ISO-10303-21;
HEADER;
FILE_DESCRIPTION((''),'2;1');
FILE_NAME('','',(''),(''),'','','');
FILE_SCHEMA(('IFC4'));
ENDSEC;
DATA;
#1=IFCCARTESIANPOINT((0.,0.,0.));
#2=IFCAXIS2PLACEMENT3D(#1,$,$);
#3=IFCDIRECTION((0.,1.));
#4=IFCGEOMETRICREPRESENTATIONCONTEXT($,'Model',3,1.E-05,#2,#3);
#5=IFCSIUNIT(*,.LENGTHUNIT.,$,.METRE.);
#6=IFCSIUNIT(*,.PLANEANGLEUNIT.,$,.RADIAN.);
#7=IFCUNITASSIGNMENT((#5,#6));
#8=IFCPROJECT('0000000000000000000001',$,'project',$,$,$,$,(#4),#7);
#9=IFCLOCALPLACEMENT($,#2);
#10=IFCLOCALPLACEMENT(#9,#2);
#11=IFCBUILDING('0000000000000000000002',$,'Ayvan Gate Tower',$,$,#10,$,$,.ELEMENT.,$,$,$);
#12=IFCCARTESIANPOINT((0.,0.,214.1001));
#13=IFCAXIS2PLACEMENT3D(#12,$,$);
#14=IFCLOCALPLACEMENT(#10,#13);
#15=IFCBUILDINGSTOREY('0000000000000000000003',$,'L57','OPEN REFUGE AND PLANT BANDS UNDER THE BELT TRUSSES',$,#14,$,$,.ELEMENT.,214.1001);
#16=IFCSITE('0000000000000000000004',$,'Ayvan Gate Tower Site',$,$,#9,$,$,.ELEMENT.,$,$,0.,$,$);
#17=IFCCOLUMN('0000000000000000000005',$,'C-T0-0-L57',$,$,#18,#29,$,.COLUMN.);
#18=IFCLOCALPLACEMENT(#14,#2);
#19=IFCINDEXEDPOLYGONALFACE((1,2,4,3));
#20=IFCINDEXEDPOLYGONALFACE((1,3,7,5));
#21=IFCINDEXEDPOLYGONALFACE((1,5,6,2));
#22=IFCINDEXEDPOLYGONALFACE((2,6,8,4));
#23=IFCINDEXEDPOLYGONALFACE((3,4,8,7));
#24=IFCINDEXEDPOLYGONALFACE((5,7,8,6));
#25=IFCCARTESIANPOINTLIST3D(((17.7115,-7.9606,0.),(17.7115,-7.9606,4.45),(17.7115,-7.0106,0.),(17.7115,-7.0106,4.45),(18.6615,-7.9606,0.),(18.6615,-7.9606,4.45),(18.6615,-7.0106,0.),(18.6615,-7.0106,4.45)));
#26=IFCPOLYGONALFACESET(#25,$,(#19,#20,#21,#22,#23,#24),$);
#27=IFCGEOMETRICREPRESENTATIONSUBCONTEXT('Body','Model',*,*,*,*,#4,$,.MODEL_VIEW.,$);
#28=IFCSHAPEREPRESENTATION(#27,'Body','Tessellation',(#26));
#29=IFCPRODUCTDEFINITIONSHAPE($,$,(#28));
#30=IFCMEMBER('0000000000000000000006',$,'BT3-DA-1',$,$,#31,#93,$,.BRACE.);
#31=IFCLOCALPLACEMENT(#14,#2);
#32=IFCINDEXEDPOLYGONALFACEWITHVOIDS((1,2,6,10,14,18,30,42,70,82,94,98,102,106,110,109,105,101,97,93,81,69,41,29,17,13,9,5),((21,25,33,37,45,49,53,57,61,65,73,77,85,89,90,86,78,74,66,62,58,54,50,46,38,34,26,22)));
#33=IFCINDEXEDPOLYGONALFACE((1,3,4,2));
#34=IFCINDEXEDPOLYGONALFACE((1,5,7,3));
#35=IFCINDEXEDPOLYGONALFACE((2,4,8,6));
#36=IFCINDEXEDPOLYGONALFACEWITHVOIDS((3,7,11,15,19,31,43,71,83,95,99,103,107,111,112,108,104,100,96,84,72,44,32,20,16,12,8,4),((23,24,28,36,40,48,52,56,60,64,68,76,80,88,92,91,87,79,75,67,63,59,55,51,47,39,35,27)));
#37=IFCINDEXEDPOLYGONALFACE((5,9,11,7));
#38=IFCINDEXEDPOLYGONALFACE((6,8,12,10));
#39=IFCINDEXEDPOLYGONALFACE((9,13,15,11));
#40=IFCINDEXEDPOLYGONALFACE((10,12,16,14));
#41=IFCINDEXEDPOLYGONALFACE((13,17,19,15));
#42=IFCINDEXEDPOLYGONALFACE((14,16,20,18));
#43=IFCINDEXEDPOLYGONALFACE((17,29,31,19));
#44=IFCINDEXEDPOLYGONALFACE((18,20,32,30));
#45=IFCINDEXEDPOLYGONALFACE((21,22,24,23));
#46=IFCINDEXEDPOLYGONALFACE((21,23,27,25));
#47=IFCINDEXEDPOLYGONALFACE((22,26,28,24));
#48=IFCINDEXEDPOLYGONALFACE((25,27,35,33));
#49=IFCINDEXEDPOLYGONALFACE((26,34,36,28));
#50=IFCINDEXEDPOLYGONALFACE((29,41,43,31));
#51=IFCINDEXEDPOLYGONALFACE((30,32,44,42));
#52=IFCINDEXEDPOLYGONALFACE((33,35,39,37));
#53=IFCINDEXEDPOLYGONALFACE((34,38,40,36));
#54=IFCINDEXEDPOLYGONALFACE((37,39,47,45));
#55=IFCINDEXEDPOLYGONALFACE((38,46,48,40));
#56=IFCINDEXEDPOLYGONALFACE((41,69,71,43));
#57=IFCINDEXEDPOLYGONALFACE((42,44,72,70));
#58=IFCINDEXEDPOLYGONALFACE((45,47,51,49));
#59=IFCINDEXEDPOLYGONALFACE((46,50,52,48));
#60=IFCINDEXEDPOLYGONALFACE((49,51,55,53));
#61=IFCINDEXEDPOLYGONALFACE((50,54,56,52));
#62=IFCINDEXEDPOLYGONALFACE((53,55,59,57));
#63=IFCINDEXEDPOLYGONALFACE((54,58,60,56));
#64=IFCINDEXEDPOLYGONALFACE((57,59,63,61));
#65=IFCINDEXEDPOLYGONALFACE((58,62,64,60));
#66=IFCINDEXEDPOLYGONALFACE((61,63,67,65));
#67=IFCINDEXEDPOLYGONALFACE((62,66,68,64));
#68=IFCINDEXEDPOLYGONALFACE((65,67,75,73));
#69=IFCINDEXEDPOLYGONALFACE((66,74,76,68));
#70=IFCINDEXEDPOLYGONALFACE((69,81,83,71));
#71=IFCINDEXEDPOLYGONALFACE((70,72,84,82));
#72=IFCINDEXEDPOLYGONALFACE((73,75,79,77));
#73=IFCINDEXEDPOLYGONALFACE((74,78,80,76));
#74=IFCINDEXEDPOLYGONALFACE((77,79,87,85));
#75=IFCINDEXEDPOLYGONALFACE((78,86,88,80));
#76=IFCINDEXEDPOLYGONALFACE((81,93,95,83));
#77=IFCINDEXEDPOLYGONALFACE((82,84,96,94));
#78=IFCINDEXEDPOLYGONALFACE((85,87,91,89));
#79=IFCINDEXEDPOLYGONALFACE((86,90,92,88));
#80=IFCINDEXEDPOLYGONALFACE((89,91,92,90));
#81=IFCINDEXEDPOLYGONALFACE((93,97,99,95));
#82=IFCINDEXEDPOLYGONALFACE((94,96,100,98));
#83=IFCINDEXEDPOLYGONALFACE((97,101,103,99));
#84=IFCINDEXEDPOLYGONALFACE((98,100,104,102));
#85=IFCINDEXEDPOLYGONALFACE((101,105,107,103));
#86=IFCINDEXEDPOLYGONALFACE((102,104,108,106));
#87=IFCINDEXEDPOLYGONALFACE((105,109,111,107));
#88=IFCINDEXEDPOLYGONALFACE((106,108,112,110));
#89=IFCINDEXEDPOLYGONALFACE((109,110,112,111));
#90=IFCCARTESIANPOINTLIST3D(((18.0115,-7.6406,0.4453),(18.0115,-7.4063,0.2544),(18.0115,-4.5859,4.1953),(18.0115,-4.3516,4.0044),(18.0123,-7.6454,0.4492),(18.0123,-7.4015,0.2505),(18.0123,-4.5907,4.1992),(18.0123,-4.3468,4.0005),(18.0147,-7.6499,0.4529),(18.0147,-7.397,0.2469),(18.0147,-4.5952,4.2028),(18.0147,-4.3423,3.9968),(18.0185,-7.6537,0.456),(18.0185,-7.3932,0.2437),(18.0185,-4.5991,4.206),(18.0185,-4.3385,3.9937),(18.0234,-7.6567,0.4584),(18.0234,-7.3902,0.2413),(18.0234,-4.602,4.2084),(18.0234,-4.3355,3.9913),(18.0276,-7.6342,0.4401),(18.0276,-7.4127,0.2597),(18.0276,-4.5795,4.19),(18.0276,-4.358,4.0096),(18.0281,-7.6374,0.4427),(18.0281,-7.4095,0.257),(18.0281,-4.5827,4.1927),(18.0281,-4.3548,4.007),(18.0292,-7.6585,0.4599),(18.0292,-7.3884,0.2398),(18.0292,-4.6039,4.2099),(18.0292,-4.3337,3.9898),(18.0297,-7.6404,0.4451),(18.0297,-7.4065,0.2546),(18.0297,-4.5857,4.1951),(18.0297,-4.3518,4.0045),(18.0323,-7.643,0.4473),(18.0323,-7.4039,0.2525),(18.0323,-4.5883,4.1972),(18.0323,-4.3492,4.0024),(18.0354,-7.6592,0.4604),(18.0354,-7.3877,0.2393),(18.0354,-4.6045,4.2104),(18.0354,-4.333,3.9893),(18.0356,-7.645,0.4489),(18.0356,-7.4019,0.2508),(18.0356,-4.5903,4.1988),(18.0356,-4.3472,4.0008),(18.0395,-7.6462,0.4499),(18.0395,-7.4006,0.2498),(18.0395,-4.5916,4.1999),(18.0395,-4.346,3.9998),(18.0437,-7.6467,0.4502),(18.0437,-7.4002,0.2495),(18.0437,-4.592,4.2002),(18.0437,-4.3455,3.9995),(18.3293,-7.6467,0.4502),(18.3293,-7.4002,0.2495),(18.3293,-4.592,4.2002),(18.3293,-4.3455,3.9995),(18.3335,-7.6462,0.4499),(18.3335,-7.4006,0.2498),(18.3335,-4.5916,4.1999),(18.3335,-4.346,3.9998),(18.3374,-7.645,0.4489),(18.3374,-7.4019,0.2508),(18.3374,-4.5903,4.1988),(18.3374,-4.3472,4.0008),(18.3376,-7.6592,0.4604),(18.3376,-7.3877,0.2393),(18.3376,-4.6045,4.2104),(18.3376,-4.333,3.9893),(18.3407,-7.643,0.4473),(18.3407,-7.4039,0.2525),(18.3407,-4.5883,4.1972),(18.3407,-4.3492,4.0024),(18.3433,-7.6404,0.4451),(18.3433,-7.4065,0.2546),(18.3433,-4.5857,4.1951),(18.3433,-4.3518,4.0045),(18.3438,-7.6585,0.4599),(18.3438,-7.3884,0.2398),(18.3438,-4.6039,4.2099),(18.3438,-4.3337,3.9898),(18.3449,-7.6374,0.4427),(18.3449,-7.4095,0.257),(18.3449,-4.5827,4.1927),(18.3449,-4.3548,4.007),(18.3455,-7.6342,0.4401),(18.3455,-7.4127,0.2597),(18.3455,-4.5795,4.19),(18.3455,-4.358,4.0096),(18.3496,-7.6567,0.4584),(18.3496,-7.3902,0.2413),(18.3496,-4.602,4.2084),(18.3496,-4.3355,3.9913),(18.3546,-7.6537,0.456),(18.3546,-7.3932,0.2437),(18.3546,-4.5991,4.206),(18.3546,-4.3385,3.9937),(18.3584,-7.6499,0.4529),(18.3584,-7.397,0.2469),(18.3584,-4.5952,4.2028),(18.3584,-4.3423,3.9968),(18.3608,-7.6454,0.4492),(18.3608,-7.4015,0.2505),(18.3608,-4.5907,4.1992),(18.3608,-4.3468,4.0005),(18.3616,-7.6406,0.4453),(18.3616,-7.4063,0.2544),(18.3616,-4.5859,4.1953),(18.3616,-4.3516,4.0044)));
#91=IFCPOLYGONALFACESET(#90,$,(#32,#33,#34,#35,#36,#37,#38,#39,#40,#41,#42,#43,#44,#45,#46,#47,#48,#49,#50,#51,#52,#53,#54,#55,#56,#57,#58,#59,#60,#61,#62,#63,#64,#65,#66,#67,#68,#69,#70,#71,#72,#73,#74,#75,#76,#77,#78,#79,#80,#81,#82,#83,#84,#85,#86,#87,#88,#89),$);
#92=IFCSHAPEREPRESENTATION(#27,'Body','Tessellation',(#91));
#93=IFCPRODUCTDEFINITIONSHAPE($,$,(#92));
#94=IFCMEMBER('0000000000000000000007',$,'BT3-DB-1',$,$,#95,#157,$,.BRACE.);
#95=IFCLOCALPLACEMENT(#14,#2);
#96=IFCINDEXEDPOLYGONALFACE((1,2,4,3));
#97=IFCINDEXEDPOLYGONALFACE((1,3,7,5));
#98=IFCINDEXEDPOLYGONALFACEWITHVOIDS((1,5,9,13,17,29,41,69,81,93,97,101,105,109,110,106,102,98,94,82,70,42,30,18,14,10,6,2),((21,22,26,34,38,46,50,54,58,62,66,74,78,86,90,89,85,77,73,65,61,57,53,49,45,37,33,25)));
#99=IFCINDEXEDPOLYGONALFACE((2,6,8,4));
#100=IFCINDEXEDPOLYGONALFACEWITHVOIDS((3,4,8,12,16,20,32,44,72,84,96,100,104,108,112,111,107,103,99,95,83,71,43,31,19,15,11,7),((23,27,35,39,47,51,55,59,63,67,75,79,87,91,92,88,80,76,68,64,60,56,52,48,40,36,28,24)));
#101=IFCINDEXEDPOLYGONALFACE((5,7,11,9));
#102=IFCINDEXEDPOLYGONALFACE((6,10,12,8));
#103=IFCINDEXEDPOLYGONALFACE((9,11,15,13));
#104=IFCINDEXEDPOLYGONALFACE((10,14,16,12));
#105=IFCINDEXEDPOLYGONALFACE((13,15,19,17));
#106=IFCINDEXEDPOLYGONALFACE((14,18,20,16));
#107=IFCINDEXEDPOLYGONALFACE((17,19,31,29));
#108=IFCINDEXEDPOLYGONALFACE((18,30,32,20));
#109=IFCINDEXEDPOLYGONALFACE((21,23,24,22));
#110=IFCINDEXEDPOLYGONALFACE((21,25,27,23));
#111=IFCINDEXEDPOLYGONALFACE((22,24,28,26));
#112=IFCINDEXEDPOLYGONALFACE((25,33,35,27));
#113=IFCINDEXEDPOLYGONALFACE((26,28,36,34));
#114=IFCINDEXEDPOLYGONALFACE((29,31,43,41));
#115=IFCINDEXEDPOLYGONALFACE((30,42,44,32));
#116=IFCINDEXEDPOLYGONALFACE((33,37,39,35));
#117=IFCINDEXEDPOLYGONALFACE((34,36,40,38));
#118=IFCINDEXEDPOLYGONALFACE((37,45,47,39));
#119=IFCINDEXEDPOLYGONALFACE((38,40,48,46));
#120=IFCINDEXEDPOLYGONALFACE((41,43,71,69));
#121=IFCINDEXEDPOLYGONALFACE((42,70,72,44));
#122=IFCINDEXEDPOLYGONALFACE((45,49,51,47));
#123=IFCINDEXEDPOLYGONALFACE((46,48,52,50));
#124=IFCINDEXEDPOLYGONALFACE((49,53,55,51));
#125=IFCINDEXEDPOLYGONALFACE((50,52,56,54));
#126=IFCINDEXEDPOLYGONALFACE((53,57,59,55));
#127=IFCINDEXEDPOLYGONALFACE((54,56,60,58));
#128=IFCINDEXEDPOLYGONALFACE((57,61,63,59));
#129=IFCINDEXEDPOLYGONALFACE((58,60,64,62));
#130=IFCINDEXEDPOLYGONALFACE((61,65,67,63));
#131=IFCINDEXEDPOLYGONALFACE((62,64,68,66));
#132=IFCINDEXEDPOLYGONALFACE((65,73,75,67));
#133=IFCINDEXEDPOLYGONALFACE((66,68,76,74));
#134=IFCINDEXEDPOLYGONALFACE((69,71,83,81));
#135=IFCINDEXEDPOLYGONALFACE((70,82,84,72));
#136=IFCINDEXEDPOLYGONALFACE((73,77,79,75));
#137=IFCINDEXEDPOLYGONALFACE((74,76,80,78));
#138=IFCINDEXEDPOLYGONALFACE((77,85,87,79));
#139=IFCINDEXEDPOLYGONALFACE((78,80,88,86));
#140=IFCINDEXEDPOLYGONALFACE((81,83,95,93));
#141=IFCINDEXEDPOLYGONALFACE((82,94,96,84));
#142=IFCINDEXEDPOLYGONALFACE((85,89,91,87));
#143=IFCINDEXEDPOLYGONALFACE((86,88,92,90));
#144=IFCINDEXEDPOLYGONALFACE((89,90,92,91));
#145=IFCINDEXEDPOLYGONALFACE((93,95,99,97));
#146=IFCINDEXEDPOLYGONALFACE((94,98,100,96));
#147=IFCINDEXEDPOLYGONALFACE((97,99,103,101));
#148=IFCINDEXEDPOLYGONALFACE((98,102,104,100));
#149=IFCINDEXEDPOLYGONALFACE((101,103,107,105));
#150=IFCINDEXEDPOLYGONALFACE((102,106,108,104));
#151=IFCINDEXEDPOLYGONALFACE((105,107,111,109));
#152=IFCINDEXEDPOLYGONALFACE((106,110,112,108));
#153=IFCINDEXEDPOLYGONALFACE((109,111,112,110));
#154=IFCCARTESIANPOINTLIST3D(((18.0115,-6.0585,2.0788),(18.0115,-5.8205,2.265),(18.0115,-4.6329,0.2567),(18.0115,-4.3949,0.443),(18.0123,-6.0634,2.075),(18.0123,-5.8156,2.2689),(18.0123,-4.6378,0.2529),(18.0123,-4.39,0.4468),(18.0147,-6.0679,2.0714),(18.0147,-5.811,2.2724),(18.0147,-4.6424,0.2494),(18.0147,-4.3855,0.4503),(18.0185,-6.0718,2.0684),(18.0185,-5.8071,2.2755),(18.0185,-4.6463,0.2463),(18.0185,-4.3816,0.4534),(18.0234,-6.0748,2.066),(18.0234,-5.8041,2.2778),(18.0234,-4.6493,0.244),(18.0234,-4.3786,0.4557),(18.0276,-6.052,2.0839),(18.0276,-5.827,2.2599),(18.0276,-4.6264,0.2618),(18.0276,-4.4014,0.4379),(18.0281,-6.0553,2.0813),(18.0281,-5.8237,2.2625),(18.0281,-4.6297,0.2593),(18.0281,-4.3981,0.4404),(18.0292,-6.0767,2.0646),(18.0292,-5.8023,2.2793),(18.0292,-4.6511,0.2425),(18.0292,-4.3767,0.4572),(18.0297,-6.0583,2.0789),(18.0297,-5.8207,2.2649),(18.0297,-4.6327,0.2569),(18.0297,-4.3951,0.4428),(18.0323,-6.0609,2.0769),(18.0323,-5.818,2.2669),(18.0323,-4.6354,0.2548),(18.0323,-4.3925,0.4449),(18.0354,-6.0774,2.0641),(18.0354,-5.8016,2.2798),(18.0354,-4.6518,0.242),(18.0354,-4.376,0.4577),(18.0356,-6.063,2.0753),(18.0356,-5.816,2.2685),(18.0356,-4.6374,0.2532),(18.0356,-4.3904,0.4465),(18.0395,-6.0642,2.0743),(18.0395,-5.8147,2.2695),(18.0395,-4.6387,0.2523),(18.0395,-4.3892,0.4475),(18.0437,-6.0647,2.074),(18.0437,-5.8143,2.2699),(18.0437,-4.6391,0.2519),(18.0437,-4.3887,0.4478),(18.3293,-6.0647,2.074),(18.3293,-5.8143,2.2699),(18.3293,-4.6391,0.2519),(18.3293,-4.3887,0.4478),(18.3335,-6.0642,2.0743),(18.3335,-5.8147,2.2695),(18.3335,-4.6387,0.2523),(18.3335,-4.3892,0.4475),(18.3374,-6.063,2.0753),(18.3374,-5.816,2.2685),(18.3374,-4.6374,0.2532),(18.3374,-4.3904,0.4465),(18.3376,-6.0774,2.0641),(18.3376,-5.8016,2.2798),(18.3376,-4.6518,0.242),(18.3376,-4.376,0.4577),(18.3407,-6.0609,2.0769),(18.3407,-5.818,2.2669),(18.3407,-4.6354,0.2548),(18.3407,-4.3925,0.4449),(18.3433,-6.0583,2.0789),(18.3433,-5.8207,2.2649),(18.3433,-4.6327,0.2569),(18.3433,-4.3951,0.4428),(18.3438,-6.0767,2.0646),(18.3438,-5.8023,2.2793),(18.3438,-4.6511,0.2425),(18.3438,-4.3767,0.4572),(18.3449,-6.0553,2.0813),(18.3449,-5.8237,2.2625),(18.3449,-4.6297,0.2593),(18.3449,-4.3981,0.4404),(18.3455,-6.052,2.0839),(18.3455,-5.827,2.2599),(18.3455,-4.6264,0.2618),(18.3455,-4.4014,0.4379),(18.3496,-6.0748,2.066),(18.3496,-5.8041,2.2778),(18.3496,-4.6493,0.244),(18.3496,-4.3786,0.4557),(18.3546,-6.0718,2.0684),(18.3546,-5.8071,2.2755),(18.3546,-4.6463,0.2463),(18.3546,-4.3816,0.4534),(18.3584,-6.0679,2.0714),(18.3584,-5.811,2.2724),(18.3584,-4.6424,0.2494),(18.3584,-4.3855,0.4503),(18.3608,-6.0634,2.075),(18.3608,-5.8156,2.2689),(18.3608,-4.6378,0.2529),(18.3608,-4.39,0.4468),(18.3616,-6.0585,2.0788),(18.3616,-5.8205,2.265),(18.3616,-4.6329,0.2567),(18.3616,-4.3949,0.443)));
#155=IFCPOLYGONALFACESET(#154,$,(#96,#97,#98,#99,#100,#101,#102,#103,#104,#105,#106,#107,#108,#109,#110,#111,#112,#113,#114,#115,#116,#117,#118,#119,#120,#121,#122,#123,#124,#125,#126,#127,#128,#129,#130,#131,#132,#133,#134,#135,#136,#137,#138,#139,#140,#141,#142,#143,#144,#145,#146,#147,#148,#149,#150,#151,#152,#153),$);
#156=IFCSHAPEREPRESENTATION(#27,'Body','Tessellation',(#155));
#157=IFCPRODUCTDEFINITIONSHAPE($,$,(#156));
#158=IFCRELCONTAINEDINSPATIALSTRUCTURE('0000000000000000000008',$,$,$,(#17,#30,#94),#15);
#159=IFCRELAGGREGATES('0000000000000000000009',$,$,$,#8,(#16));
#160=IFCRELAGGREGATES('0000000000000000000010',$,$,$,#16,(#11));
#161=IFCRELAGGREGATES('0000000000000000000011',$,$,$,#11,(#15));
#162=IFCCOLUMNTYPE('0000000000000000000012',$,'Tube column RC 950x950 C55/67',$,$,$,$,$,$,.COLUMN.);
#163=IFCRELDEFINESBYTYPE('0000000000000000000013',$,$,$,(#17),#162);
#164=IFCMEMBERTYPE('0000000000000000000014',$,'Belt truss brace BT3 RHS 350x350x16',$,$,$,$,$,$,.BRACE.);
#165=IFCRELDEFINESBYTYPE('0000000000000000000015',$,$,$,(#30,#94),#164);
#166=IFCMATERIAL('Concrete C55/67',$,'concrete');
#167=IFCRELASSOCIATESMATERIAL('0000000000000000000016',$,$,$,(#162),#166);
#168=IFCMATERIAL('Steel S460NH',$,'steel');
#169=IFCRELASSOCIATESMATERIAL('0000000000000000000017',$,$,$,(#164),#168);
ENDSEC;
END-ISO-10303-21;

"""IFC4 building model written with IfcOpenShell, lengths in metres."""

from ifc_helpers import new_model, si_unit, direction, frame, origin, origin_2d, place, context, subcontext, project, spatial, rectangle, hollow_rectangle, extrude, material, material_profile, profile_set, type_object, element, save


model = new_model("IFC4")

# Units and contexts
model_context = context("Model", 3, precision=1e-05, world=origin(), true_north=direction((0.0, 1.0)))
body_context = subcontext(model_context, "Body", "Model", "MODEL_VIEW")
ifc_project = project(units=[si_unit("LENGTHUNIT", "METRE"), si_unit("PLANEANGLEUNIT", "RADIAN")], contexts=[model_context])

# Site, building, storey
site_placement = place(None, origin())
site = spatial("IfcSite", under=ifc_project, at=site_placement, Name="Ayvan Gate Tower Site", CompositionType="ELEMENT", RefElevation=0.0)
building_placement = place(site_placement, origin())
building = spatial("IfcBuilding", under=site, at=building_placement, Name="Ayvan Gate Tower", CompositionType="ELEMENT")
storey_placement = place(building_placement, frame((0.0, 0.0, 214.1001)))
storey = spatial("IfcBuildingStorey", under=building, at=storey_placement, Name="L57", Description="OPEN REFUGE AND PLANT BANDS UNDER THE BELT TRUSSES", CompositionType="ELEMENT", Elevation=214.1001)

# Column
ifc_material_1 = material(Name="Concrete C55/67", Category="concrete")
ifc_material_profile_1 = material_profile(ifc_material_1, rectangle(XDim=0.95, YDim=0.95, at=origin_2d()), Name="RC 950x950")
ifc_profile_set_1 = profile_set([ifc_material_profile_1], Name="Concrete C55/67")
column_type = type_object("IfcColumnType", Name="Tube column RC 950x950 C55/67", PredefinedType="COLUMN", material=ifc_profile_set_1)
column_placement = place(storey_placement, frame((18.1865, -7.4856, 0.0), z_axis=(0.0, 0.0, 1.0), x_axis=(1.0, 0.0, 0.0)))
element("IfcColumn", 1, at=column_placement, inside=storey, type_object=column_type, Name="C-T0-0-L57", PredefinedType="COLUMN", context=body_context, shape_type="SweptSolid", body=[
    extrude(rectangle(XDim=0.95, YDim=0.95, at=origin_2d()), origin(), (0.0, 0.0, 1.0), 4.45),
])

# Members
ifc_material_2 = material(Name="Steel S460NH", Category="steel")
ifc_material_profile_2 = material_profile(ifc_material_2, hollow_rectangle(XDim=0.3501, YDim=0.3501, WallThickness=0.0161, InnerFilletRadius=0.0161, OuterFilletRadius=0.0239, at=origin_2d()), Name="RHS 350x350x16")
ifc_profile_set_2 = profile_set([ifc_material_profile_2], Name="Steel S460NH")
member_type_1 = type_object("IfcMemberType", Name="Belt truss brace BT3 RHS 350x350x16", PredefinedType="BRACE", material=ifc_profile_set_2)
member_1_placement = place(storey_placement, frame((18.1865, -7.5234, 0.3499), z_axis=(0.0, 0.631565, 0.775323), x_axis=(-1.0, 0.0, 0.0)))
element("IfcMember", 2, at=member_1_placement, inside=storey, type_object=member_type_1, Name="BT3-DA-1", PredefinedType="BRACE", context=body_context, shape_type="SweptSolid", body=[
    extrude(hollow_rectangle(XDim=0.3501, YDim=0.3501, WallThickness=0.0161, InnerFilletRadius=0.0161, OuterFilletRadius=0.0239, at=origin_2d()), origin(), (0.0, 0.0, 1.0), 4.8367),
])
member_2_placement = place(storey_placement, frame((18.1865, -4.5139, 0.3499), z_axis=(0.0, -0.616203, 0.787587), x_axis=(1.0, 0.0, 0.0)))
element("IfcMember", 3, at=member_2_placement, inside=storey, type_object=member_type_1, Name="BT3-DB-1", PredefinedType="BRACE", context=body_context, shape_type="SweptSolid", body=[
    extrude(hollow_rectangle(XDim=0.3501, YDim=0.3501, WallThickness=0.0161, InnerFilletRadius=0.0161, OuterFilletRadius=0.0239, at=origin_2d()), origin(), (0.0, 0.0, 1.0), 2.3135),
])

save(model, "model.ifc")
